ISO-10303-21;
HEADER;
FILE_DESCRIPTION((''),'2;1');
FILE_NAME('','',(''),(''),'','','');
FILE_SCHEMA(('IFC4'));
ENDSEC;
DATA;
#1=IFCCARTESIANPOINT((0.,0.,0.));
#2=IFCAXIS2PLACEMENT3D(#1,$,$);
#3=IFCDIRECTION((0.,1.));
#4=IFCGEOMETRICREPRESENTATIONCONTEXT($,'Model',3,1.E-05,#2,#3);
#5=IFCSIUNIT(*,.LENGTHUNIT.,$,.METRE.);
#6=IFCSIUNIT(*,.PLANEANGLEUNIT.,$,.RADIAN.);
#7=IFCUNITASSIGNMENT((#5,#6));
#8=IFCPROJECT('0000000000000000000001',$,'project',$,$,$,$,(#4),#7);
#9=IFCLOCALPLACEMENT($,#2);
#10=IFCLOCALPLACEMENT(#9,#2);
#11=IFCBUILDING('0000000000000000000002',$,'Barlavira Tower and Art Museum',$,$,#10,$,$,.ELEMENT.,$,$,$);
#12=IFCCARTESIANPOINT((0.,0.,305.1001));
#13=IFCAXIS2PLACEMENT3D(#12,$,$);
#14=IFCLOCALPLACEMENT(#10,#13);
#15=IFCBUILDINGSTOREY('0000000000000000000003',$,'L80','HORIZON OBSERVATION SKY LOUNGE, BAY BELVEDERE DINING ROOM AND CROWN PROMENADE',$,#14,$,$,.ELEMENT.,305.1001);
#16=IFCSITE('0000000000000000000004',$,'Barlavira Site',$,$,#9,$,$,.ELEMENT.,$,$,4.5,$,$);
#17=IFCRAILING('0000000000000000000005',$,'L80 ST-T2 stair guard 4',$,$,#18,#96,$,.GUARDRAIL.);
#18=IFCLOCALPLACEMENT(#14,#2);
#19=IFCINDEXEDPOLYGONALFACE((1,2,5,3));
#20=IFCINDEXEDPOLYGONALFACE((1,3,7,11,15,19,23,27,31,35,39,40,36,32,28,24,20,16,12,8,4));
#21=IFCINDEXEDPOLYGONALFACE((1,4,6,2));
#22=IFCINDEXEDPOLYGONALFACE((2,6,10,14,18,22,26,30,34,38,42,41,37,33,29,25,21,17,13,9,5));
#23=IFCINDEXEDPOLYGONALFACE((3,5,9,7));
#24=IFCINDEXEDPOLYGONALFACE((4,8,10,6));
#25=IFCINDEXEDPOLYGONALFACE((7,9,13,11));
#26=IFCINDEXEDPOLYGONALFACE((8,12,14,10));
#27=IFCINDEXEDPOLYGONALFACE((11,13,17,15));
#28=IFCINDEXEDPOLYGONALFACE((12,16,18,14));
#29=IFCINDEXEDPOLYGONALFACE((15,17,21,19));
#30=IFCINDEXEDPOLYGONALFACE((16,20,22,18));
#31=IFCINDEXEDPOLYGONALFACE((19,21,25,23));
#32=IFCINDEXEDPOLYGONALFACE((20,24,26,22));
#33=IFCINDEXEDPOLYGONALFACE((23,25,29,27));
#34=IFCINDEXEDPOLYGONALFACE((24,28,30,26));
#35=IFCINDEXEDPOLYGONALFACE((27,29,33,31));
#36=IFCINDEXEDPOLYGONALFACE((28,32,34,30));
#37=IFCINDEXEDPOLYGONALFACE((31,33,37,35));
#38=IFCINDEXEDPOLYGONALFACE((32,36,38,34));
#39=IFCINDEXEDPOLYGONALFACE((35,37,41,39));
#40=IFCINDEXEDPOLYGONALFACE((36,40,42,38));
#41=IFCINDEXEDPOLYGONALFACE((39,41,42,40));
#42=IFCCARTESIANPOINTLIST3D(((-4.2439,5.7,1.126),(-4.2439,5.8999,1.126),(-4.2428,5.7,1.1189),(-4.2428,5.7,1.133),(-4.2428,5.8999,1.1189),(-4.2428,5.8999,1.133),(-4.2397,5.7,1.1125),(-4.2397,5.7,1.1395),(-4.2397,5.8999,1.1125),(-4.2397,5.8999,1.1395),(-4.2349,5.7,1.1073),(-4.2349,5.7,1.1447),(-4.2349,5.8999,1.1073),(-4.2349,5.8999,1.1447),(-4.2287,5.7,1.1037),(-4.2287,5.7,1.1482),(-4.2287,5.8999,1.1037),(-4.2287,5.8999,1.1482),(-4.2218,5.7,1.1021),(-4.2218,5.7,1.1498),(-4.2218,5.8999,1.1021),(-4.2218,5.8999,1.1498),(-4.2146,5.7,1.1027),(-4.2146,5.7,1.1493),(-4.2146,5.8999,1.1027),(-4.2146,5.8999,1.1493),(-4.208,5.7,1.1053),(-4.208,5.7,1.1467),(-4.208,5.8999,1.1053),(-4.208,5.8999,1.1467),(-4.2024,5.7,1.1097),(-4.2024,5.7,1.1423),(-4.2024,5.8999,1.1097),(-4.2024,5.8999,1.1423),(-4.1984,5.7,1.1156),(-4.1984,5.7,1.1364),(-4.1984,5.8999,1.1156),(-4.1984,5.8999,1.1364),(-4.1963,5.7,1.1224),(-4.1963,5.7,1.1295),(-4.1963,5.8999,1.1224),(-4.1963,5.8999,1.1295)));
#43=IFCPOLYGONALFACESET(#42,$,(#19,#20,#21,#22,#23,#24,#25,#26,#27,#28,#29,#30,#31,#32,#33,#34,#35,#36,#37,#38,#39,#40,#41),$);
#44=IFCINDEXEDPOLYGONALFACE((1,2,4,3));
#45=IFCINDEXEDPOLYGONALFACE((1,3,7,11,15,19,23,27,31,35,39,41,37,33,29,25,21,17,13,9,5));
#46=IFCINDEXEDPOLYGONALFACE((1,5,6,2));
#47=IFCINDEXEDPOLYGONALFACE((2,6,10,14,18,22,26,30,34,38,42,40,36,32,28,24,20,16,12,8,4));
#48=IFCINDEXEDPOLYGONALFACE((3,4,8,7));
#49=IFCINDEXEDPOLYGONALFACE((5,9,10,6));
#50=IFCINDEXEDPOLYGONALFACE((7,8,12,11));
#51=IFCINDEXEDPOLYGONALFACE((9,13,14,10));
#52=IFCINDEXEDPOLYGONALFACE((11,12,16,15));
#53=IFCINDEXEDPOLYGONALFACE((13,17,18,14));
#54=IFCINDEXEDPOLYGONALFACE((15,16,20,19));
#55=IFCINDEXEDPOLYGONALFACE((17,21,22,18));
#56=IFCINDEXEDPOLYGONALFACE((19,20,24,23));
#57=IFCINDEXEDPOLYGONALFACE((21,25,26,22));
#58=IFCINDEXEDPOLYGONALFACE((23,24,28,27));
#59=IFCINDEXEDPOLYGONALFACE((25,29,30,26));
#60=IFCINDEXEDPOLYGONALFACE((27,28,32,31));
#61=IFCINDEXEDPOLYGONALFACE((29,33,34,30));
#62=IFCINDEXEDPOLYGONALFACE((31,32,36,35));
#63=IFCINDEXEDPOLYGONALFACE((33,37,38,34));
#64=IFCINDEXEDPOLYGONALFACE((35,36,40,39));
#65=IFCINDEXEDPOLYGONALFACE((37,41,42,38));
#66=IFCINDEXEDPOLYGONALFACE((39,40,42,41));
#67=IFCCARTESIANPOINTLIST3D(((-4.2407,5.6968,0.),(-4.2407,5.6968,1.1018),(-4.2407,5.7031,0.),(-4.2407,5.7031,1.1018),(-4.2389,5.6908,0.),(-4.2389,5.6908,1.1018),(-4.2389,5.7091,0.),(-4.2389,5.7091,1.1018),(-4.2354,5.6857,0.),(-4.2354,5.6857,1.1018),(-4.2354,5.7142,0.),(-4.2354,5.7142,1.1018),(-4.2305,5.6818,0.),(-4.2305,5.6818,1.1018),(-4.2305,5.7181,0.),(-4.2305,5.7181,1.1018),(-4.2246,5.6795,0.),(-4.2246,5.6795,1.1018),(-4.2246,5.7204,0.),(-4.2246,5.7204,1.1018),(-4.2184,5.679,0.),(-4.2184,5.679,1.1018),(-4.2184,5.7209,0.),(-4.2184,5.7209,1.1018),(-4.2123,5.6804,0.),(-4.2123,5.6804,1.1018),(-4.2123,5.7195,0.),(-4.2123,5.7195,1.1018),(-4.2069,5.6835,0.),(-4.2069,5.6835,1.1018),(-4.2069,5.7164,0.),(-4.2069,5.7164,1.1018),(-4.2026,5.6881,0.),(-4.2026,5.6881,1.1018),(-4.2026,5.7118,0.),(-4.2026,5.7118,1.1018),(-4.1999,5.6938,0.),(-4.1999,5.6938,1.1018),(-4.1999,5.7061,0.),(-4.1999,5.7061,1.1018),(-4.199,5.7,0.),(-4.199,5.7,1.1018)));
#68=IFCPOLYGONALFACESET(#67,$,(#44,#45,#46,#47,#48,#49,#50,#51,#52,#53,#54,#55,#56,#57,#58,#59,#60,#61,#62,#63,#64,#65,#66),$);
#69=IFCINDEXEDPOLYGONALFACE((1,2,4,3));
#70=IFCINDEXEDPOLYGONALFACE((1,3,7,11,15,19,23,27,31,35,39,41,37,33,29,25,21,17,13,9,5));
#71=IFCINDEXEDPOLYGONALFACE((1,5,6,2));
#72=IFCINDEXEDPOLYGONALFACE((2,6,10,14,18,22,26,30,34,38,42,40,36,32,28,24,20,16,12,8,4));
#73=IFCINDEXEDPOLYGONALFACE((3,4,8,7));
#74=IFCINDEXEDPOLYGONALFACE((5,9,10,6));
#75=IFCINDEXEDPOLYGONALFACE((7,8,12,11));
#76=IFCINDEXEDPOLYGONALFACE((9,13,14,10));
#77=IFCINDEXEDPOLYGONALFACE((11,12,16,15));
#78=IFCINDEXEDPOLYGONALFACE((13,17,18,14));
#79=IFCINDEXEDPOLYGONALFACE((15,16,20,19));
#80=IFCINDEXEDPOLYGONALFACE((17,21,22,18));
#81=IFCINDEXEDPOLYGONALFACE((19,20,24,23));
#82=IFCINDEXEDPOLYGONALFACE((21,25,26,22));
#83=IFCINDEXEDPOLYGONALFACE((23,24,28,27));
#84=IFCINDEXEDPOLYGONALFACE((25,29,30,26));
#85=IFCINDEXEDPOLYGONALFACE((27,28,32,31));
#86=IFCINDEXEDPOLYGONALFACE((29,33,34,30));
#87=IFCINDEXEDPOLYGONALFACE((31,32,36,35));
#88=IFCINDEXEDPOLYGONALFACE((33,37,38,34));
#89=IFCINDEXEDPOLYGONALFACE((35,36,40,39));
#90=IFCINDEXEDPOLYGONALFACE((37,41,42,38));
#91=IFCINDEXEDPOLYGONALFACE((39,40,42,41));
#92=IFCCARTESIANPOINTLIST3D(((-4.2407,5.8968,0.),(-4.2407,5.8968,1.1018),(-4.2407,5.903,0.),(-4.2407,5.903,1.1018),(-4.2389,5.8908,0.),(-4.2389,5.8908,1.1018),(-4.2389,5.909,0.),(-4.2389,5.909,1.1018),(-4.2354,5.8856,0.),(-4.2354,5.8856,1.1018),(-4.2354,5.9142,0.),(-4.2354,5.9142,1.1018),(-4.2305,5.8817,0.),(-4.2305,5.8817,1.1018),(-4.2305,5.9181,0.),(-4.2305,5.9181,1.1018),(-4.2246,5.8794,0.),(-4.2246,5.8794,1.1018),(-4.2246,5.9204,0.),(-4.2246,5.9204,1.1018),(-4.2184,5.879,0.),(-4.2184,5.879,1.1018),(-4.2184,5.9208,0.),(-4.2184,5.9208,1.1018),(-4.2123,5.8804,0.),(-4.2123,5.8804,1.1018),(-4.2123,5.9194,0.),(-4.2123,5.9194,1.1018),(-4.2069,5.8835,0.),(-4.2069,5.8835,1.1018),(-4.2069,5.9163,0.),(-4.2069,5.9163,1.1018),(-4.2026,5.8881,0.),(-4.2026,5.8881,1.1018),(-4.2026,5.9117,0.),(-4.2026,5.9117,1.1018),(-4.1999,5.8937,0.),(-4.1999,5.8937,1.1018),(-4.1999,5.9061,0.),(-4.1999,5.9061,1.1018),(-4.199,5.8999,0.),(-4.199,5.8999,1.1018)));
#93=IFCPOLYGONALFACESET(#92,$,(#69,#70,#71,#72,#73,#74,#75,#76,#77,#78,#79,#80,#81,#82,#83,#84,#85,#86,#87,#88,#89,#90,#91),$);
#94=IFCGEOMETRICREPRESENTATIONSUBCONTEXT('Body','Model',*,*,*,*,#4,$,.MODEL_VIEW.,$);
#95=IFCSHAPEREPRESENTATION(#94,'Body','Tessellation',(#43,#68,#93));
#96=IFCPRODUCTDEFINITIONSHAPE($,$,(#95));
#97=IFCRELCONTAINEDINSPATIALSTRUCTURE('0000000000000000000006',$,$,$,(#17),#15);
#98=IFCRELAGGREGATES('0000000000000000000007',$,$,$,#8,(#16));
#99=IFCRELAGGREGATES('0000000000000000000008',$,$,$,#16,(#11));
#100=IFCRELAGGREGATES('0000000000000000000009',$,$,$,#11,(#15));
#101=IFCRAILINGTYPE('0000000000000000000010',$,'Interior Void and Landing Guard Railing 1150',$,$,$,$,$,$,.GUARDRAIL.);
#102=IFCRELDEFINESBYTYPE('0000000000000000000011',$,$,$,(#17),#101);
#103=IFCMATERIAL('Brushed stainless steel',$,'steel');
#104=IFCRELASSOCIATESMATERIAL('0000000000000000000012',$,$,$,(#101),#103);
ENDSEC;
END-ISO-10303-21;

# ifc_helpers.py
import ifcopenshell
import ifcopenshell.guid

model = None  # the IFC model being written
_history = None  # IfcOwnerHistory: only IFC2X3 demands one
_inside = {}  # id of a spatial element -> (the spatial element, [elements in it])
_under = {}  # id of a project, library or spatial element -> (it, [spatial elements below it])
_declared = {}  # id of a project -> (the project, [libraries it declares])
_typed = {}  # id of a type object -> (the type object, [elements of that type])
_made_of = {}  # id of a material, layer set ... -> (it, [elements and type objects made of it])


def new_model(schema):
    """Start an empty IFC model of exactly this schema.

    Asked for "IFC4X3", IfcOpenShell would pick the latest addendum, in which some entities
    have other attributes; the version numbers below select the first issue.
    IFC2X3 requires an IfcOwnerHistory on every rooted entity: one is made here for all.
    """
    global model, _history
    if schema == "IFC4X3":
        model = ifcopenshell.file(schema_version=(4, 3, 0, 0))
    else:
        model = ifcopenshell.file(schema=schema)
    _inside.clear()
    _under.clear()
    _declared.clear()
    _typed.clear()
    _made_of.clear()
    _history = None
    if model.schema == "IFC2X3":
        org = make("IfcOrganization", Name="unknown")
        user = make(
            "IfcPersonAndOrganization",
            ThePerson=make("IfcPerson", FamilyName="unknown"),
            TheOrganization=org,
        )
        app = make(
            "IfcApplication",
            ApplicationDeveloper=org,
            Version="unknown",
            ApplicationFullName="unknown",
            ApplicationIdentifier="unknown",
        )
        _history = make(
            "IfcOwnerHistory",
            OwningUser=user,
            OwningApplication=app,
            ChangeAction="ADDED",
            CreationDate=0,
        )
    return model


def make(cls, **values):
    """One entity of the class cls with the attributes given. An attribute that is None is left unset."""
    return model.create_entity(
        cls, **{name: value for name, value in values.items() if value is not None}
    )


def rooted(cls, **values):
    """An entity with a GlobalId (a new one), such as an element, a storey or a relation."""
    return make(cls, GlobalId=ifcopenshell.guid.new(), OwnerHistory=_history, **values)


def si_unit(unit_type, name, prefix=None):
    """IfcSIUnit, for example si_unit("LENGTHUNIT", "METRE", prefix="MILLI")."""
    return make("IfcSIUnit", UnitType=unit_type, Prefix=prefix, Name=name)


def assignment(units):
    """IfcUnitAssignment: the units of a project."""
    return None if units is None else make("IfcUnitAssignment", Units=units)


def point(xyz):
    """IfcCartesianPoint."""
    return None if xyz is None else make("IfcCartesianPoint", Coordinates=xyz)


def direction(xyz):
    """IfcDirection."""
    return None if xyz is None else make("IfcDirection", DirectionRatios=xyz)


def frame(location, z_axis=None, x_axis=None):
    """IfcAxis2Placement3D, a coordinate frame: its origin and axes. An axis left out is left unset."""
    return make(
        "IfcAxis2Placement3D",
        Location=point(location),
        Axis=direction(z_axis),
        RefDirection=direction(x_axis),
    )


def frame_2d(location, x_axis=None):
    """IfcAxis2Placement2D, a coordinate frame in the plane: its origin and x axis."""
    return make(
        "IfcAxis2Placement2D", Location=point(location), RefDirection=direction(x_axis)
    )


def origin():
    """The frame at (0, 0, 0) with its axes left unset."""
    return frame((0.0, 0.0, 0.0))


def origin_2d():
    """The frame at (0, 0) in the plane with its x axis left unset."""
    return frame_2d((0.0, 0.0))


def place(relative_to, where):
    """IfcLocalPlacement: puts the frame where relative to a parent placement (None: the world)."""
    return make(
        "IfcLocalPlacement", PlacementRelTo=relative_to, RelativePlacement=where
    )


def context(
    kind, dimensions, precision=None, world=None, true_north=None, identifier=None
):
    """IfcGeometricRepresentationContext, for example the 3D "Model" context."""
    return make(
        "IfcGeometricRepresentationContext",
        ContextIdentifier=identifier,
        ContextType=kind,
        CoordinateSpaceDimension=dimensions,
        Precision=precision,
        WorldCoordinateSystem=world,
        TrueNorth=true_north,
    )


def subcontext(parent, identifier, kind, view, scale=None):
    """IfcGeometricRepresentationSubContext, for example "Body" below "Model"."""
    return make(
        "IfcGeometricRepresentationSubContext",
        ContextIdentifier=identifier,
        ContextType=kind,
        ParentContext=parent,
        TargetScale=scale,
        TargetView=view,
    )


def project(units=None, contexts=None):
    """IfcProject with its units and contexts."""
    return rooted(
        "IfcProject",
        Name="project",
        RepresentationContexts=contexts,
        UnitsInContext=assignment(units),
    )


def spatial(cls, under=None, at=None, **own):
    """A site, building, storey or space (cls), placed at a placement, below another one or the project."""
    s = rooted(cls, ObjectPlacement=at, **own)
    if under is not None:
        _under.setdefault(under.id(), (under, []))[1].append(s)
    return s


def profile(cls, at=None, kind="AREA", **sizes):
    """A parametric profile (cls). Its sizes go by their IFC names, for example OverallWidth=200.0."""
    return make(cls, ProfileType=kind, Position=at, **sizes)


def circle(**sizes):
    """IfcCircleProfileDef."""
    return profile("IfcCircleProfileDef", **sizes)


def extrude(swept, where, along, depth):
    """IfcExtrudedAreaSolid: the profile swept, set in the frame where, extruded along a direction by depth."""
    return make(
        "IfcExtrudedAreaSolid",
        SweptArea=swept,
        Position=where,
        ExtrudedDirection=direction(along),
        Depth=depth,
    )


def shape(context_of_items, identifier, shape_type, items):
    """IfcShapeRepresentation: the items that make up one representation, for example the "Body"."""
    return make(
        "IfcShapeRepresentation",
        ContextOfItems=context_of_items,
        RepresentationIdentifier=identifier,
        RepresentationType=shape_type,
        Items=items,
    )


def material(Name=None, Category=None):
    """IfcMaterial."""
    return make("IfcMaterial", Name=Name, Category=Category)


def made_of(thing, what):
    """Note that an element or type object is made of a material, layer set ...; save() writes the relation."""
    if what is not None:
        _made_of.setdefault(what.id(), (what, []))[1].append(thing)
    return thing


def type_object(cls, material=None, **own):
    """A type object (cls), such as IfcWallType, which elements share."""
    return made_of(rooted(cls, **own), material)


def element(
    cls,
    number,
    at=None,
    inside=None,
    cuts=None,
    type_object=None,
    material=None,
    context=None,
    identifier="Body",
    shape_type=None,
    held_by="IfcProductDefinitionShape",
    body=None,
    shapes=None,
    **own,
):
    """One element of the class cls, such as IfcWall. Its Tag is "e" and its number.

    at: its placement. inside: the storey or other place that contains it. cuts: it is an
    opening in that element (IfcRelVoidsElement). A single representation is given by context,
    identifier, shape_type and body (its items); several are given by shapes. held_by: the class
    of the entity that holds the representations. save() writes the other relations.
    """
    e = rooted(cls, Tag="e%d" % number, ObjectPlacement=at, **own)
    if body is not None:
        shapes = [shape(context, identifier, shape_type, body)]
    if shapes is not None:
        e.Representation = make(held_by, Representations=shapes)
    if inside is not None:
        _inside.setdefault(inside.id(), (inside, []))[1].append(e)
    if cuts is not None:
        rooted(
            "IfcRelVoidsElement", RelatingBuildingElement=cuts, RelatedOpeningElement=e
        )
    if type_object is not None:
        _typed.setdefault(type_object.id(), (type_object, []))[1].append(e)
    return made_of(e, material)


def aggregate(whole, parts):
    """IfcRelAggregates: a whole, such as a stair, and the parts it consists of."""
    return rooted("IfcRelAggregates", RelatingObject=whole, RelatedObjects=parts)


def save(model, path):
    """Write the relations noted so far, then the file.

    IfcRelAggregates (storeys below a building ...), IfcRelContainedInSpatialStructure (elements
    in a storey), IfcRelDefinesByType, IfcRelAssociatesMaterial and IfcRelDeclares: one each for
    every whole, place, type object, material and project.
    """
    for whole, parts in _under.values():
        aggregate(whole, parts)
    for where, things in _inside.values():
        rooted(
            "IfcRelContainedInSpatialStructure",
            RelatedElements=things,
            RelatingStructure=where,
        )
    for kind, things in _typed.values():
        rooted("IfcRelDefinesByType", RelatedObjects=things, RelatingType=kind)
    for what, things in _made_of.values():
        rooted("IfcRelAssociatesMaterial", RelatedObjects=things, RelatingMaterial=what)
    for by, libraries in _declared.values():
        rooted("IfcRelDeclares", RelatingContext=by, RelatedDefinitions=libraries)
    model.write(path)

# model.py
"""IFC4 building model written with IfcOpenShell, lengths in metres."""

from ifc_helpers import new_model, si_unit, direction, frame, origin, origin_2d, place, context, subcontext, project, spatial, circle, extrude, material, type_object, element, save


model = new_model("IFC4")

# Units and contexts
model_context = context("Model", 3, precision=1e-05, world=origin(), true_north=direction((0.0, 1.0)))
body_context = subcontext(model_context, "Body", "Model", "MODEL_VIEW")
ifc_project = project(units=[si_unit("LENGTHUNIT", "METRE"), si_unit("PLANEANGLEUNIT", "RADIAN")], contexts=[model_context])

# Site, building, storey
site_placement = place(None, origin())
site = spatial("IfcSite", under=ifc_project, at=site_placement, Name="Barlavira Site", CompositionType="ELEMENT", RefElevation=4.5)
building_placement = place(site_placement, origin())
building = spatial("IfcBuilding", under=site, at=building_placement, Name="Barlavira Tower and Art Museum", CompositionType="ELEMENT")
storey_placement = place(building_placement, frame((0.0, 0.0, 305.1001)))
storey = spatial("IfcBuildingStorey", under=building, at=storey_placement, Name="L80", Description="HORIZON OBSERVATION SKY LOUNGE, BAY BELVEDERE DINING ROOM AND CROWN PROMENADE", CompositionType="ELEMENT", Elevation=305.1001)

# Shared definitions
ifc_material_1 = material(Name="Brushed stainless steel", Category="steel")

# Railing
railing_type_1 = type_object("IfcRailingType", Name="Interior Void and Landing Guard Railing 1150", PredefinedType="GUARDRAIL", material=ifc_material_1)
railing_1_placement = place(storey_placement, frame((-4.22, 5.7, 0.0)))
element("IfcRailing", 1, at=railing_1_placement, inside=storey, type_object=railing_type_1, Name="L80 ST-T2 stair guard 4", PredefinedType="GUARDRAIL", context=body_context, shape_type="SweptSolid", body=[
    extrude(circle(Radius=0.0239, at=origin_2d()), frame((0.0, 0.0, 1.126), z_axis=(0.0, 1.0, 0.0), x_axis=(-1.0, 0.0, 0.0)), (0.0, 0.0, 1.0), 0.2),
    extrude(circle(Radius=0.021, at=origin_2d()), origin(), (0.0, 0.0, 1.0), 1.1018),
    extrude(circle(Radius=0.021, at=origin_2d()), frame((0.0, 0.2, 0.0)), (0.0, 0.0, 1.0), 1.1018),
])

save(model, "model.ifc")
